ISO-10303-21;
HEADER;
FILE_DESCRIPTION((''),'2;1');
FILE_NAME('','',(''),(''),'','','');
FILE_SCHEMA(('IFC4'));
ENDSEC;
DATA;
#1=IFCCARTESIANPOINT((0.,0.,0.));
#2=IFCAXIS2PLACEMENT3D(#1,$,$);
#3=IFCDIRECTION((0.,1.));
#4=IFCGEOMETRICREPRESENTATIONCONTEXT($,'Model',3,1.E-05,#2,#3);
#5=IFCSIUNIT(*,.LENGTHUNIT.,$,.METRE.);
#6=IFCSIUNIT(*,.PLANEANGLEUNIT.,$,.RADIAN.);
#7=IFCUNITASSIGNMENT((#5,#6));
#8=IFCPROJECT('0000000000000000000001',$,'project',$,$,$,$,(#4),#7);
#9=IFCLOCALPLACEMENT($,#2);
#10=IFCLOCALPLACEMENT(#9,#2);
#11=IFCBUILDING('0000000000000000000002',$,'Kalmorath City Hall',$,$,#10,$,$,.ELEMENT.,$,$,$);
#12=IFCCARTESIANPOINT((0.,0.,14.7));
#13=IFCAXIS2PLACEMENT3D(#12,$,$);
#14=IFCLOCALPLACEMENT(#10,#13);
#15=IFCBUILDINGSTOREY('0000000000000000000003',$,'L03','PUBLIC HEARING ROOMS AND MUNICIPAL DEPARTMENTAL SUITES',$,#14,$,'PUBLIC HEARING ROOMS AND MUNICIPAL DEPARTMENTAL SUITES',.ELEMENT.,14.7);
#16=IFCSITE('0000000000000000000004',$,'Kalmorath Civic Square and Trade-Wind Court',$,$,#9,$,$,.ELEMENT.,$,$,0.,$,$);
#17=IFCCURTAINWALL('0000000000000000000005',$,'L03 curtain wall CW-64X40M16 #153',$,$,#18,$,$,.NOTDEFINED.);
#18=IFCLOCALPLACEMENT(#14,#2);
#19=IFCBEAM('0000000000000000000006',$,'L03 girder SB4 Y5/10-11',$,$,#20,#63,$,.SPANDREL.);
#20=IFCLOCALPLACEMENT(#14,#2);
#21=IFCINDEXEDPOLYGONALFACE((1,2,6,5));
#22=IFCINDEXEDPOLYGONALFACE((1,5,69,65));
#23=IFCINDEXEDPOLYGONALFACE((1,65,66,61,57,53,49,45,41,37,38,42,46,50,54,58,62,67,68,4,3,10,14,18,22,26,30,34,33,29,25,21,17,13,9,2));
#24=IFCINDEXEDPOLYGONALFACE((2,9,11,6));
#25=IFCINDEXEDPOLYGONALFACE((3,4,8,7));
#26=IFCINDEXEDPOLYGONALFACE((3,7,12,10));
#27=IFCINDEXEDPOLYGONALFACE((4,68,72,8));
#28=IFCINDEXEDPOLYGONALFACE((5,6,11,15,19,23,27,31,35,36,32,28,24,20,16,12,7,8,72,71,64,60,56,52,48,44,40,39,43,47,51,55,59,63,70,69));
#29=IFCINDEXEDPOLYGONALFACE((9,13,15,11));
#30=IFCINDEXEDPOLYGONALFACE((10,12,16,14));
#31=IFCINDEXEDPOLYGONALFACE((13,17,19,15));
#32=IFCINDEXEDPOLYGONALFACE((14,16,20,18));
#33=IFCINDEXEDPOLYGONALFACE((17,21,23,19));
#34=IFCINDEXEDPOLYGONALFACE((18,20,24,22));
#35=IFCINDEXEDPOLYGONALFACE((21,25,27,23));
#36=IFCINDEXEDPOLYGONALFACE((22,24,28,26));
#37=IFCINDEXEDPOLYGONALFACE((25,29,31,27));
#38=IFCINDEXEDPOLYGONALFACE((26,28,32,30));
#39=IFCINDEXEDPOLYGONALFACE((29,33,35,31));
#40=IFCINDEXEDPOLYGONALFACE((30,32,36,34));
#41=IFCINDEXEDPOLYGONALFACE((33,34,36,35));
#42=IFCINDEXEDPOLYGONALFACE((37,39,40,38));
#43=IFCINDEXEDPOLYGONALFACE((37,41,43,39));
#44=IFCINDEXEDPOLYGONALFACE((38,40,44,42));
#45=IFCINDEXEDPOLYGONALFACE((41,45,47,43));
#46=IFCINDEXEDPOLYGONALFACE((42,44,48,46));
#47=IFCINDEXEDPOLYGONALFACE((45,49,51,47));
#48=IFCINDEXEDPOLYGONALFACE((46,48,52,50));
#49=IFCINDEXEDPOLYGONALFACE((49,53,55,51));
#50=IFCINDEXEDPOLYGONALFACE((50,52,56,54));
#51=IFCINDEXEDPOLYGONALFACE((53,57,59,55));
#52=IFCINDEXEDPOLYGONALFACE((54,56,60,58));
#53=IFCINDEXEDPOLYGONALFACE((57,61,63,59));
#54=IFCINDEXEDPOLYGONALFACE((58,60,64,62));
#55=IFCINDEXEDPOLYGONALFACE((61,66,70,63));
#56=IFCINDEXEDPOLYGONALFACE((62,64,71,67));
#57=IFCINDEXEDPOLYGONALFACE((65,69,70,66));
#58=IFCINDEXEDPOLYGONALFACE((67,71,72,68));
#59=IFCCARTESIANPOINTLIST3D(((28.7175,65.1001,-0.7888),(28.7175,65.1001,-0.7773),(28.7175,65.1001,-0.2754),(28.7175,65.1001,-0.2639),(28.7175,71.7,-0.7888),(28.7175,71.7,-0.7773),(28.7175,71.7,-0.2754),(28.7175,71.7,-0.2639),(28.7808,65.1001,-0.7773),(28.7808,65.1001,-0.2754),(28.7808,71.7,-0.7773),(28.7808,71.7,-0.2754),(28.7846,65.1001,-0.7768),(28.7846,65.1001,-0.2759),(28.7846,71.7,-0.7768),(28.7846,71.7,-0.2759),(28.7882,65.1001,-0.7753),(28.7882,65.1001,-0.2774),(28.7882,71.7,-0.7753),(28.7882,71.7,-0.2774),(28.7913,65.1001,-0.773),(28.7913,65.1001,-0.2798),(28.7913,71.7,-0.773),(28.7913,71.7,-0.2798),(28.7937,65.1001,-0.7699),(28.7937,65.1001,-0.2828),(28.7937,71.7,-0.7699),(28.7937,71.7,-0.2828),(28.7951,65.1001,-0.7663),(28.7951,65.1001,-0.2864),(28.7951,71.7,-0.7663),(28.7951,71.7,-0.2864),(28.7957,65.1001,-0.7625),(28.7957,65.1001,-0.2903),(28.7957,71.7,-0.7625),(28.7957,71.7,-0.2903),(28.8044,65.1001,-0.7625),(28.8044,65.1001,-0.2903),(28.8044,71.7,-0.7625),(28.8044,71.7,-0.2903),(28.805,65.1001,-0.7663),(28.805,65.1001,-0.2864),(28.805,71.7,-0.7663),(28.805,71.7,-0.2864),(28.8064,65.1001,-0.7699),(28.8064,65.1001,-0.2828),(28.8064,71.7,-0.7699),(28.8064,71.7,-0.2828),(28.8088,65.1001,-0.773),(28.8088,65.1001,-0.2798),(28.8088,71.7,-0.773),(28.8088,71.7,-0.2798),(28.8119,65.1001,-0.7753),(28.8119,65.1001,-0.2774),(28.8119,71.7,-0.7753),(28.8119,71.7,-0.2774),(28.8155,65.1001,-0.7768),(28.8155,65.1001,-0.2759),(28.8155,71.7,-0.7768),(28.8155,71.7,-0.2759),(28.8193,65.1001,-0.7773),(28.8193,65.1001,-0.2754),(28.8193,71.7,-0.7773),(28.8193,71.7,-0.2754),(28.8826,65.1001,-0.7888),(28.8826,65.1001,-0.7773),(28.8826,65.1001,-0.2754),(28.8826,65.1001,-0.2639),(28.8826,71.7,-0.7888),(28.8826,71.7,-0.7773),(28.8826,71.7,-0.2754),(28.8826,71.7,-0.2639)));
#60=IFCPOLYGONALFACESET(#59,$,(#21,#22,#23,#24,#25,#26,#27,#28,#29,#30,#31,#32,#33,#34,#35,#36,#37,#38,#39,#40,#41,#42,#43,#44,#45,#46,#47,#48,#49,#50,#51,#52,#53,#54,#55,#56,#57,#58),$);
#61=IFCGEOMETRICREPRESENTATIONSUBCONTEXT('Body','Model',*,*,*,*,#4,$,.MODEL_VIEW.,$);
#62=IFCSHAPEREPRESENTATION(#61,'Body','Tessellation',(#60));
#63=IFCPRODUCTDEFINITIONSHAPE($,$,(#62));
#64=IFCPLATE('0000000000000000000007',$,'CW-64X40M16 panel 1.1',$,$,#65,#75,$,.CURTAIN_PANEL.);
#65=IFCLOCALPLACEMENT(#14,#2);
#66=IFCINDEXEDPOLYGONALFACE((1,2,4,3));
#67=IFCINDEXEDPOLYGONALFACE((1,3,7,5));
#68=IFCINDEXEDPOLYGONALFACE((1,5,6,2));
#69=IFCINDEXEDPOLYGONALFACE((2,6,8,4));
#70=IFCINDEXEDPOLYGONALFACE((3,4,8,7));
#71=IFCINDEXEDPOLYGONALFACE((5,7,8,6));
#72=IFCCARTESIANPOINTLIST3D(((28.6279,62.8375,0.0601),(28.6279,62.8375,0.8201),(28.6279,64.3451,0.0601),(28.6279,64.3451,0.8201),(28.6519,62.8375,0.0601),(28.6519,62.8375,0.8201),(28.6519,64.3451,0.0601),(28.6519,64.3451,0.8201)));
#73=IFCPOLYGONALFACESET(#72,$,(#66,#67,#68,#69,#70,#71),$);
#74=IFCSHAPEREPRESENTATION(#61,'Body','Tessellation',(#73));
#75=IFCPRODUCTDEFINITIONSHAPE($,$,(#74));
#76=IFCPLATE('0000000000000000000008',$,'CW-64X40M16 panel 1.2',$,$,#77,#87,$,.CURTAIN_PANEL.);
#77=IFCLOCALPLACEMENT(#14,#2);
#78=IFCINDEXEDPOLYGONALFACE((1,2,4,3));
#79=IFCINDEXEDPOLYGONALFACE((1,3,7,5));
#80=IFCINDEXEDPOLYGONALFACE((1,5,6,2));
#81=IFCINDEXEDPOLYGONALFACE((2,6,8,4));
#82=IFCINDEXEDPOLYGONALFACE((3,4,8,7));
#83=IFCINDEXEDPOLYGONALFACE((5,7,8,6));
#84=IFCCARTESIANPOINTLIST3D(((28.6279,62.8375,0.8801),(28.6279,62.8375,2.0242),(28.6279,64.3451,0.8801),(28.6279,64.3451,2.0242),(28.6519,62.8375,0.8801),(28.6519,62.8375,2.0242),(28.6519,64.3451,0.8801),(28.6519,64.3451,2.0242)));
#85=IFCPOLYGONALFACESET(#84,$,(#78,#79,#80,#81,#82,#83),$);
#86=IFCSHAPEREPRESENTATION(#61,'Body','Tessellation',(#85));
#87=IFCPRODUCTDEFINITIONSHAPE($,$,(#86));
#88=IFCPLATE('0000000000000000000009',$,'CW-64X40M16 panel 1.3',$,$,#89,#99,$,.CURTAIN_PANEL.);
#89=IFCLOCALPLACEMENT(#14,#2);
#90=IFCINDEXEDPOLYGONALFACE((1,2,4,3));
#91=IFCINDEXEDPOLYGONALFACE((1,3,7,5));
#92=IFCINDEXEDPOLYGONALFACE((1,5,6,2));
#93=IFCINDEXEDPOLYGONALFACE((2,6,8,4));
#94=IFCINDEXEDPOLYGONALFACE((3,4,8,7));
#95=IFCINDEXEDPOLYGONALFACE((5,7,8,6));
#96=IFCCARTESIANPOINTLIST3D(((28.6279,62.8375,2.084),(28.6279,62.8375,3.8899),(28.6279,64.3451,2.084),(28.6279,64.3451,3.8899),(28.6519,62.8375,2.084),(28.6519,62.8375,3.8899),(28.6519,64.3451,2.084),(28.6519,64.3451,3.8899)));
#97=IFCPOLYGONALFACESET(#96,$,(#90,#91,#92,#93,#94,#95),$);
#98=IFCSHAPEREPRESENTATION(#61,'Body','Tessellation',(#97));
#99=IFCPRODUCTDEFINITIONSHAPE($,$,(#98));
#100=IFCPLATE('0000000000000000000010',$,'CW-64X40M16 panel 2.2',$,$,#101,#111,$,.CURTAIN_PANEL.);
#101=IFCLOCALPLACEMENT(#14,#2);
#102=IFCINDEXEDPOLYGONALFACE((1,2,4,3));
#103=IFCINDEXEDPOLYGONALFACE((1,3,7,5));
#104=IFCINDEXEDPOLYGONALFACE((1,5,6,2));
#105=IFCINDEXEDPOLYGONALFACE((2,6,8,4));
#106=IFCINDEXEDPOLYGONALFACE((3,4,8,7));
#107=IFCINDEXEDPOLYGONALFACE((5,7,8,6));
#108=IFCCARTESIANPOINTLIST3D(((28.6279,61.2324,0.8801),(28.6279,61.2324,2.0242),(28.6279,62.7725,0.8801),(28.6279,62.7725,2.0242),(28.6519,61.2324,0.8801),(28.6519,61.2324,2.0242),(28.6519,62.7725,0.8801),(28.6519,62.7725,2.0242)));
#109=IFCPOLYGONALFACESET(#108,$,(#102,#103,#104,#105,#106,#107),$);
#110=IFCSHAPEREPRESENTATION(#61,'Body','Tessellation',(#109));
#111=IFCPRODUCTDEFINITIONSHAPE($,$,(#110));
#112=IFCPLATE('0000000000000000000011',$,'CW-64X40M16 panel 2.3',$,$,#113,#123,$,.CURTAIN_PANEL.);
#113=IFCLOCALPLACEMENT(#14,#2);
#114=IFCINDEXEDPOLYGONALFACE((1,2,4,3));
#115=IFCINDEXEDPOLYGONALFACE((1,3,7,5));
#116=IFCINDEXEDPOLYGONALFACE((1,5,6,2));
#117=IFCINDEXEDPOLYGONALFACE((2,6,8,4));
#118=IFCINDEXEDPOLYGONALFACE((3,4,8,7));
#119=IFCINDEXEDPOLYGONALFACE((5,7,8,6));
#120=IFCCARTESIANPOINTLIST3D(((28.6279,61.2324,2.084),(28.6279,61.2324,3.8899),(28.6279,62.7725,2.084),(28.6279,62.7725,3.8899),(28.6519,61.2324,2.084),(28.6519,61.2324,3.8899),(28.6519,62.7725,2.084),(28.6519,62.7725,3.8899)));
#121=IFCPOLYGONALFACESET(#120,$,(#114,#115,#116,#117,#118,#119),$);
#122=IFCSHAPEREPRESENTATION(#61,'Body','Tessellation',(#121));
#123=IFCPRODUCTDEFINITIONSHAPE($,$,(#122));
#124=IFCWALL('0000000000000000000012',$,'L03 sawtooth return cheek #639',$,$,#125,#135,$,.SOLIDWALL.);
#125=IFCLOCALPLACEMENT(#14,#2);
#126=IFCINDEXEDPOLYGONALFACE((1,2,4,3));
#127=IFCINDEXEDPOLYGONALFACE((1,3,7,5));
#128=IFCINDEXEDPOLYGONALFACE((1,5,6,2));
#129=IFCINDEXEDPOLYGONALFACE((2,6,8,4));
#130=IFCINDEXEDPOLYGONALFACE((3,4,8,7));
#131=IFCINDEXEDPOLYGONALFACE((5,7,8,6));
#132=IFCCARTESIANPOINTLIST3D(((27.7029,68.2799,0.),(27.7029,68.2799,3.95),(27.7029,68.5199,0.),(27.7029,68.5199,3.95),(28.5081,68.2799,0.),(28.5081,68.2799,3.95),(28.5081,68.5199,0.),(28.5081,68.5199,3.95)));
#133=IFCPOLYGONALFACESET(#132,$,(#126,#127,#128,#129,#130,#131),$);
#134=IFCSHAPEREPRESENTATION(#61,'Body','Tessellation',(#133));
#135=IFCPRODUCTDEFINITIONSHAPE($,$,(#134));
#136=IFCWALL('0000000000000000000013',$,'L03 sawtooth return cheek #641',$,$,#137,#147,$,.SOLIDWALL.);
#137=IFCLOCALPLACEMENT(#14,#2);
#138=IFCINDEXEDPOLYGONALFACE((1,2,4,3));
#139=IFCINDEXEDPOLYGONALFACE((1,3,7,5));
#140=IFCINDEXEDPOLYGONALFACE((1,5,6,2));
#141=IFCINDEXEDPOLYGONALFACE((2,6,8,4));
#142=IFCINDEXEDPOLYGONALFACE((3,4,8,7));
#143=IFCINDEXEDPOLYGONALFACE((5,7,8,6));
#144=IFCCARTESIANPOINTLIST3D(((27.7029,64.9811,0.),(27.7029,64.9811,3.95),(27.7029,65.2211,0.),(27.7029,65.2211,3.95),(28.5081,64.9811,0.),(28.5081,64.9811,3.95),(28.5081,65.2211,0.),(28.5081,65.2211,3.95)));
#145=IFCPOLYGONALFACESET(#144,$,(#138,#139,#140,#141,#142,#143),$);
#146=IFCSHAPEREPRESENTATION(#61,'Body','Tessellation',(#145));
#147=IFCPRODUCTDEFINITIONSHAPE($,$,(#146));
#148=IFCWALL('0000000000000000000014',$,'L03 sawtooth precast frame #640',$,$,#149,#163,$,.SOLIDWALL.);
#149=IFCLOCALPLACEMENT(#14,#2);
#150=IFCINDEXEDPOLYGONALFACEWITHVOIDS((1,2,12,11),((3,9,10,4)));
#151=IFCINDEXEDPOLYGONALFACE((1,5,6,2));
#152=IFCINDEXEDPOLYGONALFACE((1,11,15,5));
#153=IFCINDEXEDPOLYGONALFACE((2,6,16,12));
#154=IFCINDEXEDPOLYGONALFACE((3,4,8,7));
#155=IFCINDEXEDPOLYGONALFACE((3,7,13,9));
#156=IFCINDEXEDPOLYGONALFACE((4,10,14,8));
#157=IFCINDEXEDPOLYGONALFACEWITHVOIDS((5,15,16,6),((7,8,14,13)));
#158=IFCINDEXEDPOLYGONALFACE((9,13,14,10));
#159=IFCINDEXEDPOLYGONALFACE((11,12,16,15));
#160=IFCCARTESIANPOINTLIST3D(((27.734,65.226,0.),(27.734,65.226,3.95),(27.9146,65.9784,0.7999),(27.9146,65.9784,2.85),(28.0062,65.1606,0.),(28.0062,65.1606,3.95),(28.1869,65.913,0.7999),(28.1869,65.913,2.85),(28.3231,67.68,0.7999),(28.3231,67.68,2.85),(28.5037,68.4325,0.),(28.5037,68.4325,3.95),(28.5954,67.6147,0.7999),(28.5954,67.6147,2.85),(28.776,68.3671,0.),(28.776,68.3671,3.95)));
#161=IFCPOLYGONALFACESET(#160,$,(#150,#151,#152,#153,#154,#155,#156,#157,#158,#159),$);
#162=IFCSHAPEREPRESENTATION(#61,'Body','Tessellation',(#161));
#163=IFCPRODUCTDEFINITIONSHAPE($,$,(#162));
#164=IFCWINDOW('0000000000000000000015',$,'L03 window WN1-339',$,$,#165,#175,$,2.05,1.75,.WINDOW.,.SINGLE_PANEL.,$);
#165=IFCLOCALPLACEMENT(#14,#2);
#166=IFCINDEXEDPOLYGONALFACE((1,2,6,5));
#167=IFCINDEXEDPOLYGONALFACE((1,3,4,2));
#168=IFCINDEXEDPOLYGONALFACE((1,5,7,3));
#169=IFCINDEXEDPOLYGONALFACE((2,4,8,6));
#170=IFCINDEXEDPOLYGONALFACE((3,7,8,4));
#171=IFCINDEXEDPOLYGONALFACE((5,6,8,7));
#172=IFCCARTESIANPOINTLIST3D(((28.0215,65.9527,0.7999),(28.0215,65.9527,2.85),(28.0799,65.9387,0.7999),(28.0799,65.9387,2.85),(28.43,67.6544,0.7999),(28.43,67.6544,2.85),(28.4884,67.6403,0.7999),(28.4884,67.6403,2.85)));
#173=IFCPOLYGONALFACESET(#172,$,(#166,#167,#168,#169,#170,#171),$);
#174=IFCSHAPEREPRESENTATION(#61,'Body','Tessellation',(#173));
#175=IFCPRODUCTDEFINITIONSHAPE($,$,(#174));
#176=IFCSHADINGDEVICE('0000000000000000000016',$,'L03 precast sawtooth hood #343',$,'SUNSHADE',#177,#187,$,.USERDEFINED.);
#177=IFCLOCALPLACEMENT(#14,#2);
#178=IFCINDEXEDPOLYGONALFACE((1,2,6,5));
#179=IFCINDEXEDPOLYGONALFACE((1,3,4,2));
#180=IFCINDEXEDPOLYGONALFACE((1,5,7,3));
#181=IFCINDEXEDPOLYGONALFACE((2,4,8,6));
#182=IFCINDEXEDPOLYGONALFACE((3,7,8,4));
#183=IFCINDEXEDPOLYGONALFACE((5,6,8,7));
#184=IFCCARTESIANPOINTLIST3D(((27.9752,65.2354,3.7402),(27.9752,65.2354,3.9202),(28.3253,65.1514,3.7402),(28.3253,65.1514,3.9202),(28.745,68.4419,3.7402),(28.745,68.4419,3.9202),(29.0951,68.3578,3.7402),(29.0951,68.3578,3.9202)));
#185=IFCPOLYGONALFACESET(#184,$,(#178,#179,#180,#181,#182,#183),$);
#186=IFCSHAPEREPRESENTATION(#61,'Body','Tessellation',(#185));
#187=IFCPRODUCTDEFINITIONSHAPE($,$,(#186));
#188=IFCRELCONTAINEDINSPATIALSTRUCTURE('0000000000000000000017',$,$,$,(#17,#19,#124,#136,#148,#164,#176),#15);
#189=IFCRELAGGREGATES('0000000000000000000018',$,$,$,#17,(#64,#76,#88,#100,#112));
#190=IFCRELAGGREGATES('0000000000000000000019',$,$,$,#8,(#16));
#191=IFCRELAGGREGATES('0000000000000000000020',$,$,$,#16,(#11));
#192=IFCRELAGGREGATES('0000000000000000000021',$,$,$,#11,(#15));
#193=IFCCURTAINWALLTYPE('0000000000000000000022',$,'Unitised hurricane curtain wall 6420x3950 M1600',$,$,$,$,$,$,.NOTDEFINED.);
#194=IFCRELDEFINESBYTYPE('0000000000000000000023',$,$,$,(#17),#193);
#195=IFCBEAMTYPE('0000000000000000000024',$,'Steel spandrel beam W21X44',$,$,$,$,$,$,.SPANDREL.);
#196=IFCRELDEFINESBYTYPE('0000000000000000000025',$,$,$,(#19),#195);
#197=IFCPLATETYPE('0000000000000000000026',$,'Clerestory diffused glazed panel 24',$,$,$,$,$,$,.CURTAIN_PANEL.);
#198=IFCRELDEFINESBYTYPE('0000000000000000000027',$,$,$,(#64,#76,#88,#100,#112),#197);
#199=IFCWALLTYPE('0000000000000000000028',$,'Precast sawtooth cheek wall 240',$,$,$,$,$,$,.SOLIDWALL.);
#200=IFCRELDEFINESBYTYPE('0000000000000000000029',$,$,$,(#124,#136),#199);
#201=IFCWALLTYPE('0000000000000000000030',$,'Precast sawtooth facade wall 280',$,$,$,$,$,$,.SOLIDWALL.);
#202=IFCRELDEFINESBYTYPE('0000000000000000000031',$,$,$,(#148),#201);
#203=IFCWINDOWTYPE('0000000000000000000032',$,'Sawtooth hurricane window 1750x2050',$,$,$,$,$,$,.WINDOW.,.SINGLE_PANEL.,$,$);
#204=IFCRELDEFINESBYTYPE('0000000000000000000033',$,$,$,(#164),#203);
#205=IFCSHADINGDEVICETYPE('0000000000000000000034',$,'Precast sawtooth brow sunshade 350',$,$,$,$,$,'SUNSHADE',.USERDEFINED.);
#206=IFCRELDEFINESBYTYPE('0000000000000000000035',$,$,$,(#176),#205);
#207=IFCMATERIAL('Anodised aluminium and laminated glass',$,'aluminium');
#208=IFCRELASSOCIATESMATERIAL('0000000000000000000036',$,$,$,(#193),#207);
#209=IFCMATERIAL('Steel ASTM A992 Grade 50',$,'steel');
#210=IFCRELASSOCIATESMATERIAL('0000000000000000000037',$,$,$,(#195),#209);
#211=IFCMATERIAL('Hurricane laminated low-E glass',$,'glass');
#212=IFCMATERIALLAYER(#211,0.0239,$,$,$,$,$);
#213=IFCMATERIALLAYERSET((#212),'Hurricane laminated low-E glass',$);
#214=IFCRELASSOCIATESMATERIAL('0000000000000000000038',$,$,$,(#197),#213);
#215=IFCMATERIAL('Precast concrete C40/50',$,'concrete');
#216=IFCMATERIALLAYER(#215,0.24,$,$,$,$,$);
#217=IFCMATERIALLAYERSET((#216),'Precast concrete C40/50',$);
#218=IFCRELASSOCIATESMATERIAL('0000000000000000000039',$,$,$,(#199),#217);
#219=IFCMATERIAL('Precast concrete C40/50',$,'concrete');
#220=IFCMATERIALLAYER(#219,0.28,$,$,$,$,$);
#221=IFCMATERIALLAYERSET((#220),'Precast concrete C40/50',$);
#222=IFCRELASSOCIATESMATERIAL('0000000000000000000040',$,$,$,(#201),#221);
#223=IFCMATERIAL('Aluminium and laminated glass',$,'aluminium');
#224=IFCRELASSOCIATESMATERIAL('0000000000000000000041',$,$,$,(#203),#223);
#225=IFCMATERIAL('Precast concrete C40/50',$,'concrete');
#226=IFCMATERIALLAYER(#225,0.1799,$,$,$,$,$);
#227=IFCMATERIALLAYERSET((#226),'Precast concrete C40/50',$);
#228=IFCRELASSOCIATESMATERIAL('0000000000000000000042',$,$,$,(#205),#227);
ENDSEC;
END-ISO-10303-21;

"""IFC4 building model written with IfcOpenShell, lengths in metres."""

from ifc_helpers import new_model, si_unit, direction, frame, frame_2d, origin, origin_2d, place, context, subcontext, project, spatial, rectangle, i_section, extrude, material, layer, layer_set, material_profile, profile_set, type_object, element, fill, aggregate, save


model = new_model("IFC4")

# Units and contexts
model_context = context("Model", 3, precision=1e-05, world=origin(), true_north=direction((0.0, 1.0)))
body_context = subcontext(model_context, "Body", "Model", "MODEL_VIEW")
ifc_project = project(units=[si_unit("LENGTHUNIT", "METRE"), si_unit("PLANEANGLEUNIT", "RADIAN")], contexts=[model_context])

# Site, building, storey
site_placement = place(None, origin())
site = spatial("IfcSite", under=ifc_project, at=site_placement, Name="Kalmorath Civic Square and Trade-Wind Court", CompositionType="ELEMENT", RefElevation=0.0)
building_placement = place(site_placement, origin())
building = spatial("IfcBuilding", under=site, at=building_placement, Name="Kalmorath City Hall", CompositionType="ELEMENT")
storey_placement = place(building_placement, frame((0.0, 0.0, 14.7)))
storey = spatial("IfcBuildingStorey", under=building, at=storey_placement, Name="L03", Description="PUBLIC HEARING ROOMS AND MUNICIPAL DEPARTMENTAL SUITES", LongName="PUBLIC HEARING ROOMS AND MUNICIPAL DEPARTMENTAL SUITES", CompositionType="ELEMENT", Elevation=14.7)

# Curtain wall
ifc_material_1 = material(Name="Anodised aluminium and laminated glass", Category="aluminium")
curtain_wall_type = type_object("IfcCurtainWallType", Name="Unitised hurricane curtain wall 6420x3950 M1600", PredefinedType="NOTDEFINED", material=ifc_material_1)
curtain_wall_placement = place(storey_placement, origin())
curtain_wall = element("IfcCurtainWall", 1, at=curtain_wall_placement, inside=storey, type_object=curtain_wall_type, Name="L03 curtain wall CW-64X40M16 #153", PredefinedType="NOTDEFINED")

# Beam
ifc_material_2 = material(Name="Steel ASTM A992 Grade 50", Category="steel")
ifc_material_profile_1 = material_profile(ifc_material_2, i_section(OverallWidth=0.165, OverallDepth=0.5249, WebThickness=0.0088, FlangeThickness=0.0115, FilletRadius=0.0149, at=origin_2d()), Name="W21X44")
ifc_profile_set_1 = profile_set([ifc_material_profile_1], Name="Steel ASTM A992 Grade 50")
beam_type_1 = type_object("IfcBeamType", Name="Steel spandrel beam W21X44", PredefinedType="SPANDREL", material=ifc_profile_set_1)
beam_1_placement = place(storey_placement, frame((28.8, 65.1001, -0.5264), z_axis=(0.0, 1.0, 0.0), x_axis=(-1.0, 0.0, 0.0)))
element("IfcBeam", 2, at=beam_1_placement, inside=storey, type_object=beam_type_1, Name="L03 girder SB4 Y5/10-11", PredefinedType="SPANDREL", context=body_context, shape_type="SweptSolid", body=[
    extrude(i_section(OverallWidth=0.165, OverallDepth=0.5249, WebThickness=0.0088, FlangeThickness=0.0115, FilletRadius=0.0149, at=origin_2d()), origin(), (0.0, 0.0, 1.0), 6.5999),
])

# Plates
ifc_material_3 = material(Name="Hurricane laminated low-E glass", Category="glass")
ifc_layer_1 = layer(ifc_material_3, 0.0239)
ifc_layer_set_1 = layer_set([ifc_layer_1], Name="Hurricane laminated low-E glass")
plate_type = type_object("IfcPlateType", Name="Clerestory diffused glazed panel 24", PredefinedType="CURTAIN_PANEL", material=ifc_layer_set_1)
plate_1_placement = place(storey_placement, frame((28.6399, 63.5913, 0.0601), z_axis=(0.0, 0.0, 1.0), x_axis=(0.0, -1.0, 0.0)))
plate_1 = element("IfcPlate", 3, at=plate_1_placement, type_object=plate_type, Name="CW-64X40M16 panel 1.1", PredefinedType="CURTAIN_PANEL", context=body_context, shape_type="SweptSolid", body=[
    extrude(rectangle(XDim=1.5076, YDim=0.0239, at=origin_2d()), origin(), (0.0, 0.0, 1.0), 0.76),
])
plate_2_placement = place(storey_placement, frame((28.6399, 63.5913, 0.8801), z_axis=(0.0, 0.0, 1.0), x_axis=(0.0, -1.0, 0.0)))
plate_2 = element("IfcPlate", 4, at=plate_2_placement, type_object=plate_type, Name="CW-64X40M16 panel 1.2", PredefinedType="CURTAIN_PANEL", context=body_context, shape_type="SweptSolid", body=[
    extrude(rectangle(XDim=1.5076, YDim=0.0239, at=origin_2d()), origin(), (0.0, 0.0, 1.0), 1.144),
])
plate_3_placement = place(storey_placement, frame((28.6399, 63.5913, 2.084), z_axis=(0.0, 0.0, 1.0), x_axis=(0.0, -1.0, 0.0)))
plate_3 = element("IfcPlate", 5, at=plate_3_placement, type_object=plate_type, Name="CW-64X40M16 panel 1.3", PredefinedType="CURTAIN_PANEL", context=body_context, shape_type="SweptSolid", body=[
    extrude(rectangle(XDim=1.5076, YDim=0.0239, at=origin_2d()), origin(), (0.0, 0.0, 1.0), 1.8059),
])
plate_4_placement = place(storey_placement, frame((28.6399, 62.0024, 0.8801), z_axis=(0.0, 0.0, 1.0), x_axis=(0.0, -1.0, 0.0)))
plate_4 = element("IfcPlate", 6, at=plate_4_placement, type_object=plate_type, Name="CW-64X40M16 panel 2.2", PredefinedType="CURTAIN_PANEL", context=body_context, shape_type="SweptSolid", body=[
    extrude(rectangle(XDim=1.54, YDim=0.0239, at=origin_2d()), origin(), (0.0, 0.0, 1.0), 1.144),
])
plate_5_placement = place(storey_placement, frame((28.6399, 62.0024, 2.084), z_axis=(0.0, 0.0, 1.0), x_axis=(0.0, -1.0, 0.0)))
plate_5 = element("IfcPlate", 7, at=plate_5_placement, type_object=plate_type, Name="CW-64X40M16 panel 2.3", PredefinedType="CURTAIN_PANEL", context=body_context, shape_type="SweptSolid", body=[
    extrude(rectangle(XDim=1.54, YDim=0.0239, at=origin_2d()), origin(), (0.0, 0.0, 1.0), 1.8059),
])
aggregate(curtain_wall, [plate_1, plate_2, plate_3, plate_4, plate_5])

# Walls
ifc_material_4 = material(Name="Precast concrete C40/50", Category="concrete")
ifc_layer_2 = layer(ifc_material_4, 0.24)
ifc_layer_set_2 = layer_set([ifc_layer_2], Name="Precast concrete C40/50")
wall_type_1 = type_object("IfcWallType", Name="Precast sawtooth cheek wall 240", PredefinedType="SOLIDWALL", material=ifc_layer_set_2)
for number, where, z_axis, x_axis, name in (
    (8, (27.7029, 68.3999, 0.0), (0.0, 0.0, 1.0), (1.0, 0.0, 0.0), "L03 sawtooth return cheek #639"),
    (9, (27.7029, 65.1011, 0.0), (0.0, 0.0, 1.0), (1.0, 0.0, 0.0), "L03 sawtooth return cheek #641"),
):
    element("IfcWall", number, at=place(storey_placement, frame(where, z_axis=z_axis, x_axis=x_axis)), inside=storey, type_object=wall_type_1, Name=name, PredefinedType="SOLIDWALL", context=body_context, shape_type="SweptSolid", body=[
        extrude(rectangle(XDim=0.8052, YDim=0.24, at=frame_2d((0.4026, 0.0))), origin(), (0.0, 0.0, 1.0), 3.95),
    ])

# Wall, opening, window
ifc_material_5 = material(Name="Precast concrete C40/50", Category="concrete")
ifc_layer_3 = layer(ifc_material_5, 0.28)
ifc_layer_set_3 = layer_set([ifc_layer_3], Name="Precast concrete C40/50")
wall_type_2 = type_object("IfcWallType", Name="Precast sawtooth facade wall 280", PredefinedType="SOLIDWALL", material=ifc_layer_set_3)
wall_placement = place(storey_placement, frame((28.6399, 68.3999, 0.0), z_axis=(0.0, 0.0, 1.0), x_axis=(-0.233432, -0.972373, 0.0)))
wall = element("IfcWall", 10, at=wall_placement, inside=storey, type_object=wall_type_2, Name="L03 sawtooth precast frame #640", PredefinedType="SOLIDWALL", context=body_context, shape_type="SweptSolid", body=[
    extrude(rectangle(XDim=3.2976, YDim=0.28, at=frame_2d((1.6489, 0.0))), origin(), (0.0, 0.0, 1.0), 3.95),
])
opening_placement = place(wall_placement, frame((0.7739, 0.0, 0.8)))
opening = element("IfcOpeningElement", 11, at=opening_placement, cuts=wall, PredefinedType="OPENING", context=body_context, shape_type="SweptSolid", body=[
    extrude(rectangle(XDim=1.75, YDim=2.05, at=frame_2d((0.875, 1.0249))), frame((0.0, 0.1499, 0.0), z_axis=(0.0, -1.0, 0.0), x_axis=(1.0, 0.0, 0.0)), (0.0, 0.0, 1.0), 0.3),
])
ifc_material_6 = material(Name="Aluminium and laminated glass", Category="aluminium")
window_type = type_object("IfcWindowType", Name="Sawtooth hurricane window 1750x2050", PartitioningType="SINGLE_PANEL", PredefinedType="WINDOW", material=ifc_material_6)
window_placement = place(opening_placement, origin())
window = element("IfcWindow", 12, at=window_placement, inside=storey, type_object=window_type, Name="L03 window WN1-339", OverallHeight=2.05, OverallWidth=1.75, PartitioningType="SINGLE_PANEL", PredefinedType="WINDOW", context=body_context, shape_type="SweptSolid", body=[
    extrude(rectangle(XDim=1.75, YDim=2.05, at=frame_2d((0.875, 1.0249))), frame((0.0, 0.03, 0.0), z_axis=(0.0, -1.0, 0.0), x_axis=(1.0, 0.0, 0.0)), (0.0, 0.0, 1.0), 0.0601),
])
fill(opening, window)

# Shading device
ifc_material_7 = material(Name="Precast concrete C40/50", Category="concrete")
ifc_layer_4 = layer(ifc_material_7, 0.1799)
ifc_layer_set_4 = layer_set([ifc_layer_4], Name="Precast concrete C40/50")
shading_device_type = type_object("IfcShadingDeviceType", Name="Precast sawtooth brow sunshade 350", ElementType="SUNSHADE", PredefinedType="USERDEFINED", material=ifc_layer_set_4)
shading_device_placement = place(storey_placement, frame((28.5352, 66.7966, 3.7402), z_axis=(0.0, 0.0, 1.0), x_axis=(-0.233445, -0.97237, 0.0)))
element("IfcShadingDevice", 13, at=shading_device_placement, inside=storey, type_object=shading_device_type, Name="L03 precast sawtooth hood #343", ObjectType="SUNSHADE", PredefinedType="USERDEFINED", context=body_context, shape_type="SweptSolid", body=[
    extrude(rectangle(XDim=3.2976, YDim=0.3601, at=origin_2d()), origin(), (0.0, 0.0, 1.0), 0.1799),
])

save(model, "model.ifc")
